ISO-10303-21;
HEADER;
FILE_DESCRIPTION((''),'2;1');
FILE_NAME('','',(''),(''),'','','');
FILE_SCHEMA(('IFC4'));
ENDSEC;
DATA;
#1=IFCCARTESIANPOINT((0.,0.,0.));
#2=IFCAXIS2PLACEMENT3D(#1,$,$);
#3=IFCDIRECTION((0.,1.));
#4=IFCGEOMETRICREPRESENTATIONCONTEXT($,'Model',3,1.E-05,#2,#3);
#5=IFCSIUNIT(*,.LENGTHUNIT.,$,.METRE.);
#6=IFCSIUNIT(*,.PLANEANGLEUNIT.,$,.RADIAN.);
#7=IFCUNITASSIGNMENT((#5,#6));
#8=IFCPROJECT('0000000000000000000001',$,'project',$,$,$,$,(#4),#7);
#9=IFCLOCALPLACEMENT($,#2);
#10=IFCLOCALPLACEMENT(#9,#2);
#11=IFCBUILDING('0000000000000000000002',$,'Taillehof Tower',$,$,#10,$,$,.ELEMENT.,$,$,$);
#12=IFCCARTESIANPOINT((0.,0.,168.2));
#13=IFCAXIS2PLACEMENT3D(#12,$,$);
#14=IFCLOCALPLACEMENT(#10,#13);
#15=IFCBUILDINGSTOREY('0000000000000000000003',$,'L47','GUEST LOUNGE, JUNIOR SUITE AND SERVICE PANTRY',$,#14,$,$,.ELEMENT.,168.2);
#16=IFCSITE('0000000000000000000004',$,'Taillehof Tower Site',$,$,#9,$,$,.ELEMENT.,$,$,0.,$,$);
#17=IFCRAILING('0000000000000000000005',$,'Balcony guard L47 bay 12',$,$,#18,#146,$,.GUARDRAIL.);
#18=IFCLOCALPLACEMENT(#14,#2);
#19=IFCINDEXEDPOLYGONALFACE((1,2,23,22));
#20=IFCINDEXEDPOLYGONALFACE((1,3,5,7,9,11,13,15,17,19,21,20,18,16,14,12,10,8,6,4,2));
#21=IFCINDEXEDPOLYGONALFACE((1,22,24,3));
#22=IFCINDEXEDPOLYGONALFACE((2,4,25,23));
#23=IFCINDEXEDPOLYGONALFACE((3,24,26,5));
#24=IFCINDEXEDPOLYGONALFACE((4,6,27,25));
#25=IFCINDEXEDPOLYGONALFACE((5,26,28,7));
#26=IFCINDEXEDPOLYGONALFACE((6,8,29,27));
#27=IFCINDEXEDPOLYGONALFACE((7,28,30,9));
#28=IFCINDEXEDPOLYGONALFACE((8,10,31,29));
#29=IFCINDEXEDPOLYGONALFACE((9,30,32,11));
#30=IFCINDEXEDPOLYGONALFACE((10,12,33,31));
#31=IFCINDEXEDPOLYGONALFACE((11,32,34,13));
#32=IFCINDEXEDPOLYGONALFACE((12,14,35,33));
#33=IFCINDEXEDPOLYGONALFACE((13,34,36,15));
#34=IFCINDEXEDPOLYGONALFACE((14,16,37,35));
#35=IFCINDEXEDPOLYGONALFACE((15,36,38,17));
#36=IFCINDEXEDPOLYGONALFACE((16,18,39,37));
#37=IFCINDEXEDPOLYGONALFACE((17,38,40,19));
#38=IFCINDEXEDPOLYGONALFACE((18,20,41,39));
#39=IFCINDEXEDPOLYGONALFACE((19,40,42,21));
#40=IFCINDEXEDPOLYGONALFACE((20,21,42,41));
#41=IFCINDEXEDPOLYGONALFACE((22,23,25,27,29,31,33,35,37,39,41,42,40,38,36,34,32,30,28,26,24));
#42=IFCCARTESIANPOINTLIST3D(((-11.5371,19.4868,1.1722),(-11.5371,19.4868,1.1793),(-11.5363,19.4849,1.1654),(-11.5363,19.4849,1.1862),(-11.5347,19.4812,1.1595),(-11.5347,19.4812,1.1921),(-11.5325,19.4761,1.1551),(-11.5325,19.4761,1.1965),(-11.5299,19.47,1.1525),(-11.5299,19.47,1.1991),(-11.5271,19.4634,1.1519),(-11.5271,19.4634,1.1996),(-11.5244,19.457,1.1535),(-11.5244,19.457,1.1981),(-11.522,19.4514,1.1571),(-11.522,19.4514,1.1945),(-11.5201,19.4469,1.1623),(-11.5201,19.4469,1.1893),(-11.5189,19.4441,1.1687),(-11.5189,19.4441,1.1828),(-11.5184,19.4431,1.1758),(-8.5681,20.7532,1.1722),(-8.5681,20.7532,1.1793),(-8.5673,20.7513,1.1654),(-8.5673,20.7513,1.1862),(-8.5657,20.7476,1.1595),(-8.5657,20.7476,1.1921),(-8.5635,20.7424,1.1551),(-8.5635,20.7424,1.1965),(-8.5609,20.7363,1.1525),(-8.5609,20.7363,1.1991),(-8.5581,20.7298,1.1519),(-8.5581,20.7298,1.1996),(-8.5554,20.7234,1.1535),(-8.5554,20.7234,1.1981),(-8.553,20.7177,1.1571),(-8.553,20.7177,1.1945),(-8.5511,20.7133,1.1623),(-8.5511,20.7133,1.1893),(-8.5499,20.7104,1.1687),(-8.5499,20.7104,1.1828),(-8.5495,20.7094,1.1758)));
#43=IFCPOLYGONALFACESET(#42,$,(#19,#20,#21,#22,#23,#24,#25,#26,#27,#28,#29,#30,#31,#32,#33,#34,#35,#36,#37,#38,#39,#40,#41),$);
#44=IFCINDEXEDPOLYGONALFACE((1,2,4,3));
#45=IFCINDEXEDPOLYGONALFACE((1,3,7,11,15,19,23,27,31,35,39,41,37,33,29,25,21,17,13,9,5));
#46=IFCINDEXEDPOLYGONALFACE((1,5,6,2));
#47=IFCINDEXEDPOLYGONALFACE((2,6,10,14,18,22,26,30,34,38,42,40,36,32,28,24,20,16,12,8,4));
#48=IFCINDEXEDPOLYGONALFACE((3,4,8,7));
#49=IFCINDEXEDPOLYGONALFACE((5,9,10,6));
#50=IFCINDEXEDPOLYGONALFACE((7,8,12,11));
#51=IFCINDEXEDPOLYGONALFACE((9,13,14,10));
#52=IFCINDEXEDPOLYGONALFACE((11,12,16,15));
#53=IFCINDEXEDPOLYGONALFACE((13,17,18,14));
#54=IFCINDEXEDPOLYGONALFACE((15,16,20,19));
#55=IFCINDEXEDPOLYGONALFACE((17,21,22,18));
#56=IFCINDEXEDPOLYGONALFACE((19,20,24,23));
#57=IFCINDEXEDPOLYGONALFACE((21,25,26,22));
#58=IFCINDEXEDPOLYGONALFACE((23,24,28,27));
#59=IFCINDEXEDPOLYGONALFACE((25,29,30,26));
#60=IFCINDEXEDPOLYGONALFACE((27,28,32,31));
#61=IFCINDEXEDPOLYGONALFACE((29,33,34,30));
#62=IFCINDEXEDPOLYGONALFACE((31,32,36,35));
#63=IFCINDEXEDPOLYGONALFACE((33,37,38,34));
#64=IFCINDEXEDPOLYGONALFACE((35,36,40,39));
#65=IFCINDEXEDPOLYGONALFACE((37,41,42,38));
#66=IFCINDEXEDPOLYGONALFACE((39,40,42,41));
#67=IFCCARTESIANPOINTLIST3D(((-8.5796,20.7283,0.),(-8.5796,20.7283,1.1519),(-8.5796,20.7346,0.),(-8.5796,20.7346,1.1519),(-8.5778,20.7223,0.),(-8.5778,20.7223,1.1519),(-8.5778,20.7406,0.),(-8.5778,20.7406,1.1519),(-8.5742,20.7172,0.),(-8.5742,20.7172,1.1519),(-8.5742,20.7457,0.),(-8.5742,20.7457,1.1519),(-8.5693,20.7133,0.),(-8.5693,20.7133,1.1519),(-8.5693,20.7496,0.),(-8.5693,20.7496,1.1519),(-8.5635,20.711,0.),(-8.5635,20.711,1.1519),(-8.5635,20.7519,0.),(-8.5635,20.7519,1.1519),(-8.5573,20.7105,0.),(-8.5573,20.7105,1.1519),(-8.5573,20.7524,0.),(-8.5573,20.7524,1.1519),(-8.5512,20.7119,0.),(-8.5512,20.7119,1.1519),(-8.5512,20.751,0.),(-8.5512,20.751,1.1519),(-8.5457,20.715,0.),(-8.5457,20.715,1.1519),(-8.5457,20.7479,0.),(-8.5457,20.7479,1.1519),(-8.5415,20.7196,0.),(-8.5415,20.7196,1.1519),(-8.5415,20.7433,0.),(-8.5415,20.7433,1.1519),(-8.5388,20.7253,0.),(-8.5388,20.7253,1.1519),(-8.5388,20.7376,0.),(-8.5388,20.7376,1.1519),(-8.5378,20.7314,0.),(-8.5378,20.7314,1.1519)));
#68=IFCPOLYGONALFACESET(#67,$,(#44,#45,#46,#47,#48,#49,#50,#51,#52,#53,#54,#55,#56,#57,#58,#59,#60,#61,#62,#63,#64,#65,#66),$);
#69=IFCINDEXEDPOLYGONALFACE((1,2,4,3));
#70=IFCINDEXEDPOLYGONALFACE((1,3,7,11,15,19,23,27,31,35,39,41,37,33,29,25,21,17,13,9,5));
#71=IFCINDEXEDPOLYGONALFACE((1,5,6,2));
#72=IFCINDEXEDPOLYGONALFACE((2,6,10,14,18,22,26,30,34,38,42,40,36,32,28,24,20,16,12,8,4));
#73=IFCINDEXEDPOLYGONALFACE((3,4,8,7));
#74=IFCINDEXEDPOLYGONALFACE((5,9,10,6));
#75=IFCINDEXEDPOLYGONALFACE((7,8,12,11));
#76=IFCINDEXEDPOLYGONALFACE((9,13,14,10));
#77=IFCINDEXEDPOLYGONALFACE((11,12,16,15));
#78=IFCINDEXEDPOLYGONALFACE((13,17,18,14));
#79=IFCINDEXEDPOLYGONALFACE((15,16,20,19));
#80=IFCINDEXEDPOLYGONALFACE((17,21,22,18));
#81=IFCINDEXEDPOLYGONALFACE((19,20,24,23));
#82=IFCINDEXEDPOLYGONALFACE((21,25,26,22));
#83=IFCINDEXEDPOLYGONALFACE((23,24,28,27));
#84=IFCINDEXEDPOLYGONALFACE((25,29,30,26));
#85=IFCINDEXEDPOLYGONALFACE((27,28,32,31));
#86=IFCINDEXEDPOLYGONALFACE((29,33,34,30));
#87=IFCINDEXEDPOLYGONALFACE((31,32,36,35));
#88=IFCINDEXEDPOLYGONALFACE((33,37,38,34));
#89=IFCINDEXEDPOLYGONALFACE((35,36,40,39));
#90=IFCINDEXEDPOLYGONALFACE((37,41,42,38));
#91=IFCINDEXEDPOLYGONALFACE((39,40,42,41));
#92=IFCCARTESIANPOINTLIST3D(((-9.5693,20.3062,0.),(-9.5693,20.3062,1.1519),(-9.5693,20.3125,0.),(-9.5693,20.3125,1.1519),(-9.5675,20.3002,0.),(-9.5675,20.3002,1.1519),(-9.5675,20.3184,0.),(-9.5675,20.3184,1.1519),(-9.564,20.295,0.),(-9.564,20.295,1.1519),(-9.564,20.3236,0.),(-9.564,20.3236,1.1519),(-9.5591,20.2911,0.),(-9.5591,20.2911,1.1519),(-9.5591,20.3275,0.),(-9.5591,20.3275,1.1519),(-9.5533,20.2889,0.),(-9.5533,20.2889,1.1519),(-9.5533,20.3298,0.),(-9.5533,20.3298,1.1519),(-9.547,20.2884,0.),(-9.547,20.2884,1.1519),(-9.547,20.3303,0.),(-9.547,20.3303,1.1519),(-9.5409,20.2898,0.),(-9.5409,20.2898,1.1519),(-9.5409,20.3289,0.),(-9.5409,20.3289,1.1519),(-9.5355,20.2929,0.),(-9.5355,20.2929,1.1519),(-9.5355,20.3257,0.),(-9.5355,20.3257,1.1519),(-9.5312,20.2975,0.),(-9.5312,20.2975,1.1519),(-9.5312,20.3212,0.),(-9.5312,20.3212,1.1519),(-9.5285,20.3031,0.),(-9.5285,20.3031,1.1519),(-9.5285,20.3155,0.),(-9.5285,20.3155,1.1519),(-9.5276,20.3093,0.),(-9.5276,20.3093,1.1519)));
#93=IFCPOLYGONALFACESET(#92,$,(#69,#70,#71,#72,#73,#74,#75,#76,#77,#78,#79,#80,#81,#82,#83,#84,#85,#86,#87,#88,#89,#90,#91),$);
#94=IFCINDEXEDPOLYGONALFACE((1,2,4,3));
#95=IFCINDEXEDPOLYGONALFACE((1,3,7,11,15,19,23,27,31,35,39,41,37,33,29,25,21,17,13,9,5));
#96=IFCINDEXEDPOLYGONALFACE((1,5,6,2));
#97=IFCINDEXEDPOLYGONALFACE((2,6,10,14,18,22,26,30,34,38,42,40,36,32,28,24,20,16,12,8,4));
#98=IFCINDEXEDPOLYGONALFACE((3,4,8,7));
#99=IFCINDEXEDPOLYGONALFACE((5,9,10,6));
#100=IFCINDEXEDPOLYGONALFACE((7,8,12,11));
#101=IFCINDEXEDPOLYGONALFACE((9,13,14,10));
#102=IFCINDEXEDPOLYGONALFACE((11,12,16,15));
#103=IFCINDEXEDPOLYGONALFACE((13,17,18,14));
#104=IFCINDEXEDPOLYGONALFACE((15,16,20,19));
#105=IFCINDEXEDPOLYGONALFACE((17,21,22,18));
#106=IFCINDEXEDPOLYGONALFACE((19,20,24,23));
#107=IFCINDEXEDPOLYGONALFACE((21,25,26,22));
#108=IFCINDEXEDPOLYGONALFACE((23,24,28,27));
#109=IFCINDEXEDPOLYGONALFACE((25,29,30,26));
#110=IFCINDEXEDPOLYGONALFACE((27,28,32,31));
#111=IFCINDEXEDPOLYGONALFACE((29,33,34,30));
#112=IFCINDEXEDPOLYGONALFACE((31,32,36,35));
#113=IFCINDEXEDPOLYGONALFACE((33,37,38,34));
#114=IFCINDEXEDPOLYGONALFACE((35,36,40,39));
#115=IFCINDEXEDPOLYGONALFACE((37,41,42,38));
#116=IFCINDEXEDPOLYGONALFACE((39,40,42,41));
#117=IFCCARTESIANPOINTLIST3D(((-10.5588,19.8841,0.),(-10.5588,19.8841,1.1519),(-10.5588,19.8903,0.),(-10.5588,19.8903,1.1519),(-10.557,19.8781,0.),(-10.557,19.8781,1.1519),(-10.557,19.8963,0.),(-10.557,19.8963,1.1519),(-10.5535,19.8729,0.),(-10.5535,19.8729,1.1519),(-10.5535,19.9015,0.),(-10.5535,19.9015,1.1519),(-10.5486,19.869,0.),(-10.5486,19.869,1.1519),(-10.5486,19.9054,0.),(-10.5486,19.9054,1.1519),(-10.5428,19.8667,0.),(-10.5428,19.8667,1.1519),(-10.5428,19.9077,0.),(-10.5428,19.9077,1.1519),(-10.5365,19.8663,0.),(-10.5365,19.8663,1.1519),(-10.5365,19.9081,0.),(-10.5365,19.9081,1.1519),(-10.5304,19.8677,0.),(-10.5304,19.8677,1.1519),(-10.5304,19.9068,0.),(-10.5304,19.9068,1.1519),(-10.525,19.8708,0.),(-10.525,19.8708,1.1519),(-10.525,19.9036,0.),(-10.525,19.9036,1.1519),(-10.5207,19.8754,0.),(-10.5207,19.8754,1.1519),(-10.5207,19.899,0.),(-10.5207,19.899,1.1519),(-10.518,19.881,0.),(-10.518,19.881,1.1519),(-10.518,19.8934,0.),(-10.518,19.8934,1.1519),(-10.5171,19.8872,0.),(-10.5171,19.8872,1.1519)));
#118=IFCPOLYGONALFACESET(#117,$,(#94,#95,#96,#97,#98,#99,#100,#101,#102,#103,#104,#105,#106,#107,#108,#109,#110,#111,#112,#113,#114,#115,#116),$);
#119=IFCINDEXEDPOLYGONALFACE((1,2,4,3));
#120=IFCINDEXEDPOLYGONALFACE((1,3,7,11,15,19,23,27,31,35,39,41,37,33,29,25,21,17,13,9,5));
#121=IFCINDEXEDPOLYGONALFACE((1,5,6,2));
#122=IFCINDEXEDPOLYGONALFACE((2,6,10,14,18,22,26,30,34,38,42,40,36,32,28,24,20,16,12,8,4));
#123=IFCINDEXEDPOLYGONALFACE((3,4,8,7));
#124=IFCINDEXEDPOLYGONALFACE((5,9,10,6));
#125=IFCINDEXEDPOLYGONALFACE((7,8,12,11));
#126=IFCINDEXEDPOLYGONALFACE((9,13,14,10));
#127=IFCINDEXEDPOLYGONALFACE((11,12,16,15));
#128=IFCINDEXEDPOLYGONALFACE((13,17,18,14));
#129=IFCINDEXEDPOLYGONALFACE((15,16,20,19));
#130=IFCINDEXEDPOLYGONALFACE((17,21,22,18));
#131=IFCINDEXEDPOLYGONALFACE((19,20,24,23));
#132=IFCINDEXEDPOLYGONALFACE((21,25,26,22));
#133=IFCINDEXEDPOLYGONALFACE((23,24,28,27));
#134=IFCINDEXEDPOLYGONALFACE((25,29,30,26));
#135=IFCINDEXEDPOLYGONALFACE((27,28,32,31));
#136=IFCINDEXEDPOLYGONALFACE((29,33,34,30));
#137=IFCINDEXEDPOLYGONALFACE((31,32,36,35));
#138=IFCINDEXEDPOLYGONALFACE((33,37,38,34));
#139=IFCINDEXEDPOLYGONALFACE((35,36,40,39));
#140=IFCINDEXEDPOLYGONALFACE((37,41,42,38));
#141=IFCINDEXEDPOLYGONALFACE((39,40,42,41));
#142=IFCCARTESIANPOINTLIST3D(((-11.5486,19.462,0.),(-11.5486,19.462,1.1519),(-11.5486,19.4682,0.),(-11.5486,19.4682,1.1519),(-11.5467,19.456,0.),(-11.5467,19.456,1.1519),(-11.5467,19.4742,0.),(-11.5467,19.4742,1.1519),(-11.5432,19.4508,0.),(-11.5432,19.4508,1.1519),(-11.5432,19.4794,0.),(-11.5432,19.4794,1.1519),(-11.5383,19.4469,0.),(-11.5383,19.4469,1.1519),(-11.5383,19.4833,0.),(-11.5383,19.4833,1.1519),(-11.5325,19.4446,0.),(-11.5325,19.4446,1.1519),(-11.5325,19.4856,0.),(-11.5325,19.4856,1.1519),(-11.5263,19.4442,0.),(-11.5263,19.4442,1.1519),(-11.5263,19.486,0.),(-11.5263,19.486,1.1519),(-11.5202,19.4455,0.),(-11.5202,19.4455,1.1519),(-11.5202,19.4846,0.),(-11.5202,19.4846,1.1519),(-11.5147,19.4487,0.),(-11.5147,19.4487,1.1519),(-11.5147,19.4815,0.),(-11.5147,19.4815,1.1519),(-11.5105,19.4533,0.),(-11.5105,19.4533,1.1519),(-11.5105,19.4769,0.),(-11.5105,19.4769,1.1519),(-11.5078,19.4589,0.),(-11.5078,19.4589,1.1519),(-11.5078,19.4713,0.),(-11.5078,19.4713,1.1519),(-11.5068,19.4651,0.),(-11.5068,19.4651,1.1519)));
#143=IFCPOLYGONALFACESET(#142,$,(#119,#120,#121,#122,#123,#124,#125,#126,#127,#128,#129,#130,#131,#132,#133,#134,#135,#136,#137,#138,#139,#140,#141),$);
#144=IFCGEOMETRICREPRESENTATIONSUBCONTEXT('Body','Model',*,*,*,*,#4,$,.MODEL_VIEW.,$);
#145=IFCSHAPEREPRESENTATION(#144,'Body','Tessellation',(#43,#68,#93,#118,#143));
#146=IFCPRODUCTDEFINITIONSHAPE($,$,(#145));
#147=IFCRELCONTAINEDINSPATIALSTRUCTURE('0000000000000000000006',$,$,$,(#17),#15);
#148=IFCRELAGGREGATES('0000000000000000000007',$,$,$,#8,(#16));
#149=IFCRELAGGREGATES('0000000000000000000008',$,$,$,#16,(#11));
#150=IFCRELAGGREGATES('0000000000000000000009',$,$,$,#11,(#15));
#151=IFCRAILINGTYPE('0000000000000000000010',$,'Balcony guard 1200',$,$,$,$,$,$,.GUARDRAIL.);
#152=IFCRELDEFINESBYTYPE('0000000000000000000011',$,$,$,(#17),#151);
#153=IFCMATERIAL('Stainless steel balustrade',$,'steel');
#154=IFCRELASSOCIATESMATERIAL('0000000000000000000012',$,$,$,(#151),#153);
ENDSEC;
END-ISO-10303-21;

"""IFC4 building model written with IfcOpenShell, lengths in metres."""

from ifc_helpers import new_model, si_unit, direction, frame, origin, origin_2d, place, context, subcontext, project, spatial, circle, extrude, material, type_object, element, save


model = new_model("IFC4")

# Units and contexts
model_context = context("Model", 3, precision=1e-05, world=origin(), true_north=direction((0.0, 1.0)))
body_context = subcontext(model_context, "Body", "Model", "MODEL_VIEW")
ifc_project = project(units=[si_unit("LENGTHUNIT", "METRE"), si_unit("PLANEANGLEUNIT", "RADIAN")], contexts=[model_context])

# Site, building, storey
site_placement = place(None, origin())
site = spatial("IfcSite", under=ifc_project, at=site_placement, Name="Taillehof Tower Site", CompositionType="ELEMENT", RefElevation=0.0)
building_placement = place(site_placement, origin())
building = spatial("IfcBuilding", under=site, at=building_placement, Name="Taillehof Tower", CompositionType="ELEMENT")
storey_placement = place(building_placement, frame((0.0, 0.0, 168.2)))
storey = spatial("IfcBuildingStorey", under=building, at=storey_placement, Name="L47", Description="GUEST LOUNGE, JUNIOR SUITE AND SERVICE PANTRY", CompositionType="ELEMENT", Elevation=168.2)

# Railing
ifc_material_1 = material(Name="Stainless steel balustrade", Category="steel")
railing_type = type_object("IfcRailingType", Name="Balcony guard 1200", PredefinedType="GUARDRAIL", material=ifc_material_1)
railing_placement = place(storey_placement, frame((-8.5588, 20.7314, 0.0)))
element("IfcRailing", 1, at=railing_placement, inside=storey, type_object=railing_type, Name="Balcony guard L47 bay 12", PredefinedType="GUARDRAIL", context=body_context, shape_type="SweptSolid", body=[
    extrude(circle(Radius=0.0239, at=origin_2d()), frame((0.0, 0.0, 1.1758), z_axis=(-0.919824, -0.39233, 0.0), x_axis=(0.39233, -0.919824, 0.0)), (0.0, 0.0, 1.0), 3.2278),
    extrude(circle(Radius=0.021, at=origin_2d()), origin(), (0.0, 0.0, 1.0), 1.1519),
    extrude(circle(Radius=0.021, at=origin_2d()), frame((-0.9897, -0.4221, 0.0)), (0.0, 0.0, 1.0), 1.1519),
    extrude(circle(Radius=0.021, at=origin_2d()), frame((-1.9792, -0.8442, 0.0)), (0.0, 0.0, 1.0), 1.1519),
    extrude(circle(Radius=0.021, at=origin_2d()), frame((-2.969, -1.2664, 0.0)), (0.0, 0.0, 1.0), 1.1519),
])

save(model, "model.ifc")
